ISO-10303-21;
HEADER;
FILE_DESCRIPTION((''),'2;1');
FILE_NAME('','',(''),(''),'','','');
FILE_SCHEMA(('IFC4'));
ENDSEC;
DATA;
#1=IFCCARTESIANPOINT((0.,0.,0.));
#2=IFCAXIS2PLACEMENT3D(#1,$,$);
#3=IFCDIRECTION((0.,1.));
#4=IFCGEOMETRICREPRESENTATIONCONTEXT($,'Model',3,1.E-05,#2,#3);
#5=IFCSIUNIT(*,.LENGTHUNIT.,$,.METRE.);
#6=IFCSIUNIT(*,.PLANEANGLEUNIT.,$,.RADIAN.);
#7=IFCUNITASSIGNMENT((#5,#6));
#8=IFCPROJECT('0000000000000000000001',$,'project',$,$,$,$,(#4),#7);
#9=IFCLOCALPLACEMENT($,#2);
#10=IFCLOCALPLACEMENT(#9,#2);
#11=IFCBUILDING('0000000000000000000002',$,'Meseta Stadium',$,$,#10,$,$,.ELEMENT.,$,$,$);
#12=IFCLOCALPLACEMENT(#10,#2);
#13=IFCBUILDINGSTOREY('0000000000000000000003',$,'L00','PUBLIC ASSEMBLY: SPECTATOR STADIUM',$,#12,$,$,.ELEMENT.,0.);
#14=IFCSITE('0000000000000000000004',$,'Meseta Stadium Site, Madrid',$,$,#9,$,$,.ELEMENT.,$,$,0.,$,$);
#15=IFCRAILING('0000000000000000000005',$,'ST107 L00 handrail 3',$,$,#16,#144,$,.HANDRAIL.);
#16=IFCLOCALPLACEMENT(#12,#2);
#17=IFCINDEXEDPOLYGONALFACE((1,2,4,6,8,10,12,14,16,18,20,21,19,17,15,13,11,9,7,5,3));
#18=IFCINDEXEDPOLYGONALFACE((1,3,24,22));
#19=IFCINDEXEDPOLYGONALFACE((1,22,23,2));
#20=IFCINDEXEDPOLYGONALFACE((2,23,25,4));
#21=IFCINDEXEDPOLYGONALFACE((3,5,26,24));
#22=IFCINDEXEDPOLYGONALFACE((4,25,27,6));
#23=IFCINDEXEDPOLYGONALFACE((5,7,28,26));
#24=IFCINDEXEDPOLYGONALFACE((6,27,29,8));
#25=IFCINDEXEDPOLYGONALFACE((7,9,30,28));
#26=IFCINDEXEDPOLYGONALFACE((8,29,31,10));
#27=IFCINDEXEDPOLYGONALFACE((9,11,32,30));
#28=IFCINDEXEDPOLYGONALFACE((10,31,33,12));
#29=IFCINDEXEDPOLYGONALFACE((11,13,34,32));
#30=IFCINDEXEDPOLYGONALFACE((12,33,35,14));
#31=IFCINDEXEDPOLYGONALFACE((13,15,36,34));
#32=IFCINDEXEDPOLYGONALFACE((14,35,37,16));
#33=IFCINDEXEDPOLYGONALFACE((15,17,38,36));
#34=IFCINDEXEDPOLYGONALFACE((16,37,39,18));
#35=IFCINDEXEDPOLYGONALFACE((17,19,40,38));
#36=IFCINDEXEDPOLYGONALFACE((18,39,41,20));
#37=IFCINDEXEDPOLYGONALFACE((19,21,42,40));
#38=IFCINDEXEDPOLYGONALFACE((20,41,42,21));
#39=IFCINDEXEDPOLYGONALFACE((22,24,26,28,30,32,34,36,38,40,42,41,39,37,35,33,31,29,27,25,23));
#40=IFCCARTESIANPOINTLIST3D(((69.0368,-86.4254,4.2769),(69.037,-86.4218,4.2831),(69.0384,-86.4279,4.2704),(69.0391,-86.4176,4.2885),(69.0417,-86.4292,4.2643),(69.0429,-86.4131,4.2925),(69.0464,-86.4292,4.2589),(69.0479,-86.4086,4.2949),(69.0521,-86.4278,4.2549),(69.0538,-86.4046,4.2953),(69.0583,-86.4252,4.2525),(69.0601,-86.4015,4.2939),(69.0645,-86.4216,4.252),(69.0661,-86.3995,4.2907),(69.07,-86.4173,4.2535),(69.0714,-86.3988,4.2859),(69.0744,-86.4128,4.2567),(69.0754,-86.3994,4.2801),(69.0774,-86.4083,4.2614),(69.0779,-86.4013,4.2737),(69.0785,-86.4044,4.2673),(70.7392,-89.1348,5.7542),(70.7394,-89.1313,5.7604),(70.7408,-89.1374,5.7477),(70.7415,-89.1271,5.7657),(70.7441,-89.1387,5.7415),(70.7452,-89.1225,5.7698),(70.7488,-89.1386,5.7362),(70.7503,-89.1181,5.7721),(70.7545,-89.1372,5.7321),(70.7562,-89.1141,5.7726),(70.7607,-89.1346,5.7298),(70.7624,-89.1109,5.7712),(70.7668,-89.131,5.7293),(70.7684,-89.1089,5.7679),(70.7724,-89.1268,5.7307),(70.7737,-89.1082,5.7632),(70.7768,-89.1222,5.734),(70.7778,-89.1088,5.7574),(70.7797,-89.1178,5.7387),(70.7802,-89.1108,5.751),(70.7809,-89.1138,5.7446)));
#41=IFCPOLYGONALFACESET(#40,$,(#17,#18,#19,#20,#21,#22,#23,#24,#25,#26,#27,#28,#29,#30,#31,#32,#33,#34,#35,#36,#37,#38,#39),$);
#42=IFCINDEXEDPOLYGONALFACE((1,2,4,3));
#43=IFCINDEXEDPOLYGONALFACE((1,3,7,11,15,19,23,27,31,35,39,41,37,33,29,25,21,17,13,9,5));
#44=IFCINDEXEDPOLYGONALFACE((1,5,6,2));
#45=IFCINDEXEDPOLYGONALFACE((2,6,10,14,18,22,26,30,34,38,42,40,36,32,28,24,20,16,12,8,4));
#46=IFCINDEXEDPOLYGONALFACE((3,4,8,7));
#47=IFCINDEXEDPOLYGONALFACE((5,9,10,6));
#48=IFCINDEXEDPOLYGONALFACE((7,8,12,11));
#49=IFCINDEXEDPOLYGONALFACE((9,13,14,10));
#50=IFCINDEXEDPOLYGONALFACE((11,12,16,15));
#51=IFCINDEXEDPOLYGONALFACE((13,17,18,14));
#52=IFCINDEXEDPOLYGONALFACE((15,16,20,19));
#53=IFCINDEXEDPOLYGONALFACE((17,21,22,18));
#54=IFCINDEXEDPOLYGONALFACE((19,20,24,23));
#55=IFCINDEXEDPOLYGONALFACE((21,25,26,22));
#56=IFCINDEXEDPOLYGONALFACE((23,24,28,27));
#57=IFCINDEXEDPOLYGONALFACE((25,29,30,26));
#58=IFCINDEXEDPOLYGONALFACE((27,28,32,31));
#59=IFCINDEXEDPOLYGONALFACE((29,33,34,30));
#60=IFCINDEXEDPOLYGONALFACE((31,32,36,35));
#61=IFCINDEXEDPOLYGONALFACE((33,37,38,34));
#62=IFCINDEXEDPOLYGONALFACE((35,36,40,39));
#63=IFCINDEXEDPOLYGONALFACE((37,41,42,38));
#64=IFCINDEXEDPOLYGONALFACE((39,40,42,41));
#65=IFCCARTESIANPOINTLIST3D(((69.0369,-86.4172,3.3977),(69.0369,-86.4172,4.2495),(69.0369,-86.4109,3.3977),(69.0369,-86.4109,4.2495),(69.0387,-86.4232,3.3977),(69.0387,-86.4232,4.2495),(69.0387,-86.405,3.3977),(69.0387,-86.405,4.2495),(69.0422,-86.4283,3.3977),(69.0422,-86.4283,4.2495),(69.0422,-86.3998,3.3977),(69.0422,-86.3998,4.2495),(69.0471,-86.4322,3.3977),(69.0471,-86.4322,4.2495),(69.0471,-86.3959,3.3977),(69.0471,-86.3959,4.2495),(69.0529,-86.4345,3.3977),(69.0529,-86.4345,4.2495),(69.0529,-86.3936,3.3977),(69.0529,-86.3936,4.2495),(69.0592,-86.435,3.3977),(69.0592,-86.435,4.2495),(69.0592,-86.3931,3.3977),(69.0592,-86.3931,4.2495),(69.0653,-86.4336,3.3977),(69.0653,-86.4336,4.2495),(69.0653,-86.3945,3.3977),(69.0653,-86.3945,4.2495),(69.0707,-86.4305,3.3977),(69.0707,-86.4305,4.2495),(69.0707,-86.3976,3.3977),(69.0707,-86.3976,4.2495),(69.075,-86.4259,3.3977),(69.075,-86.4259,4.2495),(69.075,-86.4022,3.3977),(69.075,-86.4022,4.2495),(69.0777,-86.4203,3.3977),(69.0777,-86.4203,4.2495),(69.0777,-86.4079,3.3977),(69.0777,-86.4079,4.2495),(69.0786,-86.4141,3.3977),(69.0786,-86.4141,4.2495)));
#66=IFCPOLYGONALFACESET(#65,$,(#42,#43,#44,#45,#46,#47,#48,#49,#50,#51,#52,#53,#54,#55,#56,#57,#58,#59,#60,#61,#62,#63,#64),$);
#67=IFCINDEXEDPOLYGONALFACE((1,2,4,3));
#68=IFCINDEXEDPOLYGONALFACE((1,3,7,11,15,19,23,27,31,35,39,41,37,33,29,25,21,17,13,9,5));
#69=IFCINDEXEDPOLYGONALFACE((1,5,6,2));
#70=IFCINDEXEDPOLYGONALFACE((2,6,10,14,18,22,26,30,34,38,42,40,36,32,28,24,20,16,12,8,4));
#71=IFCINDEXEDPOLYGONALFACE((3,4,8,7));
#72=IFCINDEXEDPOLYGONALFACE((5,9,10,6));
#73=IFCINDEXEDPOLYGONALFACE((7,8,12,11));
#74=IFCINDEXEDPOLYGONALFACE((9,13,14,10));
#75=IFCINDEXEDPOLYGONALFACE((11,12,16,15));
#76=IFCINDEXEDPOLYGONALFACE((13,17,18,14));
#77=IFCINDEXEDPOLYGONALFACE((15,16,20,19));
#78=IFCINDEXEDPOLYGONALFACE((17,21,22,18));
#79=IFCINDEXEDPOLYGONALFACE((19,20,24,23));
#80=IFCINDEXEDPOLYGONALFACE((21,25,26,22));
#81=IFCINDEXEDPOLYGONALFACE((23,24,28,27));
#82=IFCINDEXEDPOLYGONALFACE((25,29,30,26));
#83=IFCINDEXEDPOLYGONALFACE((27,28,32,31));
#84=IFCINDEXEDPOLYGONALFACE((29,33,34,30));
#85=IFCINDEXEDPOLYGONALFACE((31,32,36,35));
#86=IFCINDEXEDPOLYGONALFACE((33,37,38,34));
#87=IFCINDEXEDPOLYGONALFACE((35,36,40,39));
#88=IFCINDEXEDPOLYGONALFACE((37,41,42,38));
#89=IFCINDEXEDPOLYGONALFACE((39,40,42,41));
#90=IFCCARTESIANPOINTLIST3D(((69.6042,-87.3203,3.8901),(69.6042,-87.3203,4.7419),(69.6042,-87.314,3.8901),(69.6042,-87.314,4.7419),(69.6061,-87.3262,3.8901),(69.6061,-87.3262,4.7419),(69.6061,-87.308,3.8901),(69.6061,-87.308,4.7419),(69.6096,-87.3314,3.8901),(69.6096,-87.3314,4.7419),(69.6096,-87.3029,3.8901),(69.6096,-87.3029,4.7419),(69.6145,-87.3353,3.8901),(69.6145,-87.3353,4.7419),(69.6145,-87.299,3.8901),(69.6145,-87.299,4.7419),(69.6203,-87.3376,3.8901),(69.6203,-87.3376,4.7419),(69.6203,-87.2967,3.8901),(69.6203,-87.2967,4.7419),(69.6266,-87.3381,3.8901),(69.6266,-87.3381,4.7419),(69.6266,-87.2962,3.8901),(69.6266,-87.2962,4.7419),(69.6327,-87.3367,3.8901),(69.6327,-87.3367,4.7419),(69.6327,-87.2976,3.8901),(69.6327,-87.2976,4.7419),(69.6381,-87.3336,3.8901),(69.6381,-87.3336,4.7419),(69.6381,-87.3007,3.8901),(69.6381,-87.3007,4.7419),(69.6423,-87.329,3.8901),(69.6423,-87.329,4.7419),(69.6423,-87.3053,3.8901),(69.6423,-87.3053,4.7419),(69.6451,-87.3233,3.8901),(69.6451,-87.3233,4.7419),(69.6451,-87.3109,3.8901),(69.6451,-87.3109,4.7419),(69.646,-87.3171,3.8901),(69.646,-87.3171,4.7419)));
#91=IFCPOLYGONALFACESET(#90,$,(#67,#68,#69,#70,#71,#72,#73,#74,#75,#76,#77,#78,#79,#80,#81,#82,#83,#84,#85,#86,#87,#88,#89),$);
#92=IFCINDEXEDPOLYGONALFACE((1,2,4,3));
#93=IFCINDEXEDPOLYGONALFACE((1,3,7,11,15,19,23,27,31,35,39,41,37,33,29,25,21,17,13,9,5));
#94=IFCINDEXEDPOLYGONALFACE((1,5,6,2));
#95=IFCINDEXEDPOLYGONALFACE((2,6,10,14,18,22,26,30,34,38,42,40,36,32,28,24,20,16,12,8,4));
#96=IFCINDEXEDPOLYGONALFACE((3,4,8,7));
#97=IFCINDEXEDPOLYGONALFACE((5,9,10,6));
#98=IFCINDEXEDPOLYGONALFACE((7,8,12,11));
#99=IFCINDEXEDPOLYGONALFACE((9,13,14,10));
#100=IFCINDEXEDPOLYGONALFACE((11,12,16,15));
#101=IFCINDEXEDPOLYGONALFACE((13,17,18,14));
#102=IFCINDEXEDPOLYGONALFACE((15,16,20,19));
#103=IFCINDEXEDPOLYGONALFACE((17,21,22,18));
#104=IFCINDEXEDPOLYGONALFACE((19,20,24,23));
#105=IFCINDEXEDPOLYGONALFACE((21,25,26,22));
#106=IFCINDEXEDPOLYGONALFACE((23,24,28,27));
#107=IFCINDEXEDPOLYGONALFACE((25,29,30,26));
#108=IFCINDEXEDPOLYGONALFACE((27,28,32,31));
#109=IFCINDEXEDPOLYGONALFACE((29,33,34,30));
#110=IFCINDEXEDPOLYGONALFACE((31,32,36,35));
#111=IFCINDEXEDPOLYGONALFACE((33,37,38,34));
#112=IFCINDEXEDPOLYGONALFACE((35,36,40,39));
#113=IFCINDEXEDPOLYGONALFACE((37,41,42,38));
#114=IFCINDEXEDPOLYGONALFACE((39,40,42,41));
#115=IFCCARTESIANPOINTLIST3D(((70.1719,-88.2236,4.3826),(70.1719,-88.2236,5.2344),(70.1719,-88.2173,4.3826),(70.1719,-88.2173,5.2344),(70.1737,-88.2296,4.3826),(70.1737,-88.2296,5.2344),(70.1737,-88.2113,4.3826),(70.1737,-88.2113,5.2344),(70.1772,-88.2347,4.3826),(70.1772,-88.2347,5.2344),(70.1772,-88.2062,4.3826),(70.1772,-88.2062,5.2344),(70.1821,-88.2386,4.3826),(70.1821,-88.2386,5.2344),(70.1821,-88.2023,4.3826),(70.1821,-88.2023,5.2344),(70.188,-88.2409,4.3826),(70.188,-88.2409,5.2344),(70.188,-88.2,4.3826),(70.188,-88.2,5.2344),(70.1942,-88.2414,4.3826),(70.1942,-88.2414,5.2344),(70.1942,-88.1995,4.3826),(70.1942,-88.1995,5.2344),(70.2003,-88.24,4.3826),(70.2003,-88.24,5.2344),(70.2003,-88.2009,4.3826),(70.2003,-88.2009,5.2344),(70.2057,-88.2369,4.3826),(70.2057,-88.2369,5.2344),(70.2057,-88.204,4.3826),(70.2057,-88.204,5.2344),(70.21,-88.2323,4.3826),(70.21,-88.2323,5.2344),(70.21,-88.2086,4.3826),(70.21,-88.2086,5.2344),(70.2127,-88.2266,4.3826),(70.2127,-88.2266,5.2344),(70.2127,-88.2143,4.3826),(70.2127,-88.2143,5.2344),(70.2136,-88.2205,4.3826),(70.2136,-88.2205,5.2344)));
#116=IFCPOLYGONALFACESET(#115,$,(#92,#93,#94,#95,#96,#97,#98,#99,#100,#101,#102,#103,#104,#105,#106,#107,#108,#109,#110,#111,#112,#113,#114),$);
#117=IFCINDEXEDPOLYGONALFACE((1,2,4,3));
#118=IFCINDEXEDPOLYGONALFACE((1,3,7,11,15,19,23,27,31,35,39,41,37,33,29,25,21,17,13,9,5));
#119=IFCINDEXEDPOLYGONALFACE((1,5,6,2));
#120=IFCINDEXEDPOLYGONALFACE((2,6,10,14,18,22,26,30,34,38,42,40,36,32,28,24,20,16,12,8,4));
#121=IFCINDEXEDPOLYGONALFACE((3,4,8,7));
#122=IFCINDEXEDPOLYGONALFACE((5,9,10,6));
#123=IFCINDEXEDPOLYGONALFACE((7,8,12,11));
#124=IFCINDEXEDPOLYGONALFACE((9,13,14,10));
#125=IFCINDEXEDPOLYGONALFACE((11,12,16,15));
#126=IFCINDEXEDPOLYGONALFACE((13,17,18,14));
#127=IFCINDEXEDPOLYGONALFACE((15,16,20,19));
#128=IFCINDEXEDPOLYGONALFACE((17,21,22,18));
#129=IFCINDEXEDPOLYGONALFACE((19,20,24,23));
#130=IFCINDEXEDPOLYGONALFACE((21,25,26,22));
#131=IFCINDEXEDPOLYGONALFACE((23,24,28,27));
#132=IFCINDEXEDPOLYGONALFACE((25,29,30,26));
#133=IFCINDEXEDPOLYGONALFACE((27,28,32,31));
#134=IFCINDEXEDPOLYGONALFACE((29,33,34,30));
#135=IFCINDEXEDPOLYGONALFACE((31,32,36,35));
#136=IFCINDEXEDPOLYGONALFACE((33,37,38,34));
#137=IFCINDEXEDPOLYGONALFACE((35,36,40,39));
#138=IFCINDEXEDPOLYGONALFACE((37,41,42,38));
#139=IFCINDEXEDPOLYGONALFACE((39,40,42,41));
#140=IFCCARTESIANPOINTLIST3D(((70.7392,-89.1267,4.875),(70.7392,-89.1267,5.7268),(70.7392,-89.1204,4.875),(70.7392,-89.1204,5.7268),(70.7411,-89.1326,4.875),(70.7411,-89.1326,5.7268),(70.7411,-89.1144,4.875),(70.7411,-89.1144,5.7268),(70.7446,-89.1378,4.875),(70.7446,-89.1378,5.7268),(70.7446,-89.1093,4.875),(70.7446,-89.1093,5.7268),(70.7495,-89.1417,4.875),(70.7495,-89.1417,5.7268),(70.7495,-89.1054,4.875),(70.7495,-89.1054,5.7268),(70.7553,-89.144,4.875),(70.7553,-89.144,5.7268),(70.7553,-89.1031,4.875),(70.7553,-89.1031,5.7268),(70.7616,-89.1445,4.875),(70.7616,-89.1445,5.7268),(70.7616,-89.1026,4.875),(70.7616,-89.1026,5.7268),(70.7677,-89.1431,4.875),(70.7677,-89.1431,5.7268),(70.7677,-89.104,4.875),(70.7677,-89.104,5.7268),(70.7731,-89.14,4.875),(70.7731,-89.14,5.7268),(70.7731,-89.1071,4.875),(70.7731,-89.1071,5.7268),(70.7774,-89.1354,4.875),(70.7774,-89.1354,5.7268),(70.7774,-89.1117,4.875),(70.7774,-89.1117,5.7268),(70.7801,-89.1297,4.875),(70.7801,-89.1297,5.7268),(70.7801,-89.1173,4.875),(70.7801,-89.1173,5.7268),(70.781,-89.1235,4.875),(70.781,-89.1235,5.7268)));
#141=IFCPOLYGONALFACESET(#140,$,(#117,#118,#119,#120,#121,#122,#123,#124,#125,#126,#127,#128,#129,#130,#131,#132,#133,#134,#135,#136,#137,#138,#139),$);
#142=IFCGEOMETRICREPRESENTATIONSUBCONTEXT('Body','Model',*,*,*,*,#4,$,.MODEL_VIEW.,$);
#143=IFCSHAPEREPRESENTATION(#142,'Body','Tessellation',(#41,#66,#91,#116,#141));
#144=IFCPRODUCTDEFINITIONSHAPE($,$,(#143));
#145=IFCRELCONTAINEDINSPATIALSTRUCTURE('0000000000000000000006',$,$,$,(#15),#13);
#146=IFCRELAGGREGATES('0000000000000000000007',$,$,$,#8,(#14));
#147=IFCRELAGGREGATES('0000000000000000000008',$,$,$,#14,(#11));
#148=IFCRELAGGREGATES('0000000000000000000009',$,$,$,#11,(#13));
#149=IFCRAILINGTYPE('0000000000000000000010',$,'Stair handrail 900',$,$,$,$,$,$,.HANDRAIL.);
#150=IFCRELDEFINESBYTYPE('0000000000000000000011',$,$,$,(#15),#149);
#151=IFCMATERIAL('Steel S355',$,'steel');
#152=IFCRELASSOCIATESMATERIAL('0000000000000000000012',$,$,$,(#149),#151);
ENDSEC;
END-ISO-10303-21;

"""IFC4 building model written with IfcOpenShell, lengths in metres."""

from ifc_helpers import new_model, si_unit, direction, frame, origin, origin_2d, place, context, subcontext, project, spatial, circle, extrude, material, type_object, element, save


model = new_model("IFC4")

# Units and contexts
model_context = context("Model", 3, precision=1e-05, world=origin(), true_north=direction((0.0, 1.0)))
body_context = subcontext(model_context, "Body", "Model", "MODEL_VIEW")
ifc_project = project(units=[si_unit("LENGTHUNIT", "METRE"), si_unit("PLANEANGLEUNIT", "RADIAN")], contexts=[model_context])

# Site, building, storey
site_placement = place(None, origin())
site = spatial("IfcSite", under=ifc_project, at=site_placement, Name="Meseta Stadium Site, Madrid", CompositionType="ELEMENT", RefElevation=0.0)
building_placement = place(site_placement, origin())
building = spatial("IfcBuilding", under=site, at=building_placement, Name="Meseta Stadium", CompositionType="ELEMENT")
storey_placement = place(building_placement, origin())
storey = spatial("IfcBuildingStorey", under=building, at=storey_placement, Name="L00", Description="PUBLIC ASSEMBLY: SPECTATOR STADIUM", CompositionType="ELEMENT", Elevation=0.0)

# Railing
ifc_material_1 = material(Name="Steel S355", Category="steel")
railing_type_1 = type_object("IfcRailingType", Name="Stair handrail 900", PredefinedType="HANDRAIL", material=ifc_material_1)
railing_1_placement = place(storey_placement, frame((69.0576, -86.4141, 3.3977)))
element("IfcRailing", 1, at=railing_1_placement, inside=storey, type_object=railing_type_1, Name="ST107 L00 handrail 3", PredefinedType="HANDRAIL", context=body_context, shape_type="SweptSolid", body=[
    extrude(circle(Radius=0.0239, at=origin_2d()), frame((0.0, 0.0, 0.876), z_axis=(0.483023, -0.768764, 0.419156), x_axis=(0.846736, 0.532014, 0.0)), (0.0, 0.0, 1.0), 3.5244),
    extrude(circle(Radius=0.021, at=origin_2d()), origin(), (0.0, 0.0, 1.0), 0.8518),
    extrude(circle(Radius=0.021, at=origin_2d()), frame((0.5674, -0.9031, 0.4924)), (0.0, 0.0, 1.0), 0.8518),
    extrude(circle(Radius=0.021, at=origin_2d()), frame((1.135, -1.8064, 0.9849)), (0.0, 0.0, 1.0), 0.8518),
    extrude(circle(Radius=0.021, at=origin_2d()), frame((1.7024, -2.7095, 1.4773)), (0.0, 0.0, 1.0), 0.8518),
])

save(model, "model.ifc")
